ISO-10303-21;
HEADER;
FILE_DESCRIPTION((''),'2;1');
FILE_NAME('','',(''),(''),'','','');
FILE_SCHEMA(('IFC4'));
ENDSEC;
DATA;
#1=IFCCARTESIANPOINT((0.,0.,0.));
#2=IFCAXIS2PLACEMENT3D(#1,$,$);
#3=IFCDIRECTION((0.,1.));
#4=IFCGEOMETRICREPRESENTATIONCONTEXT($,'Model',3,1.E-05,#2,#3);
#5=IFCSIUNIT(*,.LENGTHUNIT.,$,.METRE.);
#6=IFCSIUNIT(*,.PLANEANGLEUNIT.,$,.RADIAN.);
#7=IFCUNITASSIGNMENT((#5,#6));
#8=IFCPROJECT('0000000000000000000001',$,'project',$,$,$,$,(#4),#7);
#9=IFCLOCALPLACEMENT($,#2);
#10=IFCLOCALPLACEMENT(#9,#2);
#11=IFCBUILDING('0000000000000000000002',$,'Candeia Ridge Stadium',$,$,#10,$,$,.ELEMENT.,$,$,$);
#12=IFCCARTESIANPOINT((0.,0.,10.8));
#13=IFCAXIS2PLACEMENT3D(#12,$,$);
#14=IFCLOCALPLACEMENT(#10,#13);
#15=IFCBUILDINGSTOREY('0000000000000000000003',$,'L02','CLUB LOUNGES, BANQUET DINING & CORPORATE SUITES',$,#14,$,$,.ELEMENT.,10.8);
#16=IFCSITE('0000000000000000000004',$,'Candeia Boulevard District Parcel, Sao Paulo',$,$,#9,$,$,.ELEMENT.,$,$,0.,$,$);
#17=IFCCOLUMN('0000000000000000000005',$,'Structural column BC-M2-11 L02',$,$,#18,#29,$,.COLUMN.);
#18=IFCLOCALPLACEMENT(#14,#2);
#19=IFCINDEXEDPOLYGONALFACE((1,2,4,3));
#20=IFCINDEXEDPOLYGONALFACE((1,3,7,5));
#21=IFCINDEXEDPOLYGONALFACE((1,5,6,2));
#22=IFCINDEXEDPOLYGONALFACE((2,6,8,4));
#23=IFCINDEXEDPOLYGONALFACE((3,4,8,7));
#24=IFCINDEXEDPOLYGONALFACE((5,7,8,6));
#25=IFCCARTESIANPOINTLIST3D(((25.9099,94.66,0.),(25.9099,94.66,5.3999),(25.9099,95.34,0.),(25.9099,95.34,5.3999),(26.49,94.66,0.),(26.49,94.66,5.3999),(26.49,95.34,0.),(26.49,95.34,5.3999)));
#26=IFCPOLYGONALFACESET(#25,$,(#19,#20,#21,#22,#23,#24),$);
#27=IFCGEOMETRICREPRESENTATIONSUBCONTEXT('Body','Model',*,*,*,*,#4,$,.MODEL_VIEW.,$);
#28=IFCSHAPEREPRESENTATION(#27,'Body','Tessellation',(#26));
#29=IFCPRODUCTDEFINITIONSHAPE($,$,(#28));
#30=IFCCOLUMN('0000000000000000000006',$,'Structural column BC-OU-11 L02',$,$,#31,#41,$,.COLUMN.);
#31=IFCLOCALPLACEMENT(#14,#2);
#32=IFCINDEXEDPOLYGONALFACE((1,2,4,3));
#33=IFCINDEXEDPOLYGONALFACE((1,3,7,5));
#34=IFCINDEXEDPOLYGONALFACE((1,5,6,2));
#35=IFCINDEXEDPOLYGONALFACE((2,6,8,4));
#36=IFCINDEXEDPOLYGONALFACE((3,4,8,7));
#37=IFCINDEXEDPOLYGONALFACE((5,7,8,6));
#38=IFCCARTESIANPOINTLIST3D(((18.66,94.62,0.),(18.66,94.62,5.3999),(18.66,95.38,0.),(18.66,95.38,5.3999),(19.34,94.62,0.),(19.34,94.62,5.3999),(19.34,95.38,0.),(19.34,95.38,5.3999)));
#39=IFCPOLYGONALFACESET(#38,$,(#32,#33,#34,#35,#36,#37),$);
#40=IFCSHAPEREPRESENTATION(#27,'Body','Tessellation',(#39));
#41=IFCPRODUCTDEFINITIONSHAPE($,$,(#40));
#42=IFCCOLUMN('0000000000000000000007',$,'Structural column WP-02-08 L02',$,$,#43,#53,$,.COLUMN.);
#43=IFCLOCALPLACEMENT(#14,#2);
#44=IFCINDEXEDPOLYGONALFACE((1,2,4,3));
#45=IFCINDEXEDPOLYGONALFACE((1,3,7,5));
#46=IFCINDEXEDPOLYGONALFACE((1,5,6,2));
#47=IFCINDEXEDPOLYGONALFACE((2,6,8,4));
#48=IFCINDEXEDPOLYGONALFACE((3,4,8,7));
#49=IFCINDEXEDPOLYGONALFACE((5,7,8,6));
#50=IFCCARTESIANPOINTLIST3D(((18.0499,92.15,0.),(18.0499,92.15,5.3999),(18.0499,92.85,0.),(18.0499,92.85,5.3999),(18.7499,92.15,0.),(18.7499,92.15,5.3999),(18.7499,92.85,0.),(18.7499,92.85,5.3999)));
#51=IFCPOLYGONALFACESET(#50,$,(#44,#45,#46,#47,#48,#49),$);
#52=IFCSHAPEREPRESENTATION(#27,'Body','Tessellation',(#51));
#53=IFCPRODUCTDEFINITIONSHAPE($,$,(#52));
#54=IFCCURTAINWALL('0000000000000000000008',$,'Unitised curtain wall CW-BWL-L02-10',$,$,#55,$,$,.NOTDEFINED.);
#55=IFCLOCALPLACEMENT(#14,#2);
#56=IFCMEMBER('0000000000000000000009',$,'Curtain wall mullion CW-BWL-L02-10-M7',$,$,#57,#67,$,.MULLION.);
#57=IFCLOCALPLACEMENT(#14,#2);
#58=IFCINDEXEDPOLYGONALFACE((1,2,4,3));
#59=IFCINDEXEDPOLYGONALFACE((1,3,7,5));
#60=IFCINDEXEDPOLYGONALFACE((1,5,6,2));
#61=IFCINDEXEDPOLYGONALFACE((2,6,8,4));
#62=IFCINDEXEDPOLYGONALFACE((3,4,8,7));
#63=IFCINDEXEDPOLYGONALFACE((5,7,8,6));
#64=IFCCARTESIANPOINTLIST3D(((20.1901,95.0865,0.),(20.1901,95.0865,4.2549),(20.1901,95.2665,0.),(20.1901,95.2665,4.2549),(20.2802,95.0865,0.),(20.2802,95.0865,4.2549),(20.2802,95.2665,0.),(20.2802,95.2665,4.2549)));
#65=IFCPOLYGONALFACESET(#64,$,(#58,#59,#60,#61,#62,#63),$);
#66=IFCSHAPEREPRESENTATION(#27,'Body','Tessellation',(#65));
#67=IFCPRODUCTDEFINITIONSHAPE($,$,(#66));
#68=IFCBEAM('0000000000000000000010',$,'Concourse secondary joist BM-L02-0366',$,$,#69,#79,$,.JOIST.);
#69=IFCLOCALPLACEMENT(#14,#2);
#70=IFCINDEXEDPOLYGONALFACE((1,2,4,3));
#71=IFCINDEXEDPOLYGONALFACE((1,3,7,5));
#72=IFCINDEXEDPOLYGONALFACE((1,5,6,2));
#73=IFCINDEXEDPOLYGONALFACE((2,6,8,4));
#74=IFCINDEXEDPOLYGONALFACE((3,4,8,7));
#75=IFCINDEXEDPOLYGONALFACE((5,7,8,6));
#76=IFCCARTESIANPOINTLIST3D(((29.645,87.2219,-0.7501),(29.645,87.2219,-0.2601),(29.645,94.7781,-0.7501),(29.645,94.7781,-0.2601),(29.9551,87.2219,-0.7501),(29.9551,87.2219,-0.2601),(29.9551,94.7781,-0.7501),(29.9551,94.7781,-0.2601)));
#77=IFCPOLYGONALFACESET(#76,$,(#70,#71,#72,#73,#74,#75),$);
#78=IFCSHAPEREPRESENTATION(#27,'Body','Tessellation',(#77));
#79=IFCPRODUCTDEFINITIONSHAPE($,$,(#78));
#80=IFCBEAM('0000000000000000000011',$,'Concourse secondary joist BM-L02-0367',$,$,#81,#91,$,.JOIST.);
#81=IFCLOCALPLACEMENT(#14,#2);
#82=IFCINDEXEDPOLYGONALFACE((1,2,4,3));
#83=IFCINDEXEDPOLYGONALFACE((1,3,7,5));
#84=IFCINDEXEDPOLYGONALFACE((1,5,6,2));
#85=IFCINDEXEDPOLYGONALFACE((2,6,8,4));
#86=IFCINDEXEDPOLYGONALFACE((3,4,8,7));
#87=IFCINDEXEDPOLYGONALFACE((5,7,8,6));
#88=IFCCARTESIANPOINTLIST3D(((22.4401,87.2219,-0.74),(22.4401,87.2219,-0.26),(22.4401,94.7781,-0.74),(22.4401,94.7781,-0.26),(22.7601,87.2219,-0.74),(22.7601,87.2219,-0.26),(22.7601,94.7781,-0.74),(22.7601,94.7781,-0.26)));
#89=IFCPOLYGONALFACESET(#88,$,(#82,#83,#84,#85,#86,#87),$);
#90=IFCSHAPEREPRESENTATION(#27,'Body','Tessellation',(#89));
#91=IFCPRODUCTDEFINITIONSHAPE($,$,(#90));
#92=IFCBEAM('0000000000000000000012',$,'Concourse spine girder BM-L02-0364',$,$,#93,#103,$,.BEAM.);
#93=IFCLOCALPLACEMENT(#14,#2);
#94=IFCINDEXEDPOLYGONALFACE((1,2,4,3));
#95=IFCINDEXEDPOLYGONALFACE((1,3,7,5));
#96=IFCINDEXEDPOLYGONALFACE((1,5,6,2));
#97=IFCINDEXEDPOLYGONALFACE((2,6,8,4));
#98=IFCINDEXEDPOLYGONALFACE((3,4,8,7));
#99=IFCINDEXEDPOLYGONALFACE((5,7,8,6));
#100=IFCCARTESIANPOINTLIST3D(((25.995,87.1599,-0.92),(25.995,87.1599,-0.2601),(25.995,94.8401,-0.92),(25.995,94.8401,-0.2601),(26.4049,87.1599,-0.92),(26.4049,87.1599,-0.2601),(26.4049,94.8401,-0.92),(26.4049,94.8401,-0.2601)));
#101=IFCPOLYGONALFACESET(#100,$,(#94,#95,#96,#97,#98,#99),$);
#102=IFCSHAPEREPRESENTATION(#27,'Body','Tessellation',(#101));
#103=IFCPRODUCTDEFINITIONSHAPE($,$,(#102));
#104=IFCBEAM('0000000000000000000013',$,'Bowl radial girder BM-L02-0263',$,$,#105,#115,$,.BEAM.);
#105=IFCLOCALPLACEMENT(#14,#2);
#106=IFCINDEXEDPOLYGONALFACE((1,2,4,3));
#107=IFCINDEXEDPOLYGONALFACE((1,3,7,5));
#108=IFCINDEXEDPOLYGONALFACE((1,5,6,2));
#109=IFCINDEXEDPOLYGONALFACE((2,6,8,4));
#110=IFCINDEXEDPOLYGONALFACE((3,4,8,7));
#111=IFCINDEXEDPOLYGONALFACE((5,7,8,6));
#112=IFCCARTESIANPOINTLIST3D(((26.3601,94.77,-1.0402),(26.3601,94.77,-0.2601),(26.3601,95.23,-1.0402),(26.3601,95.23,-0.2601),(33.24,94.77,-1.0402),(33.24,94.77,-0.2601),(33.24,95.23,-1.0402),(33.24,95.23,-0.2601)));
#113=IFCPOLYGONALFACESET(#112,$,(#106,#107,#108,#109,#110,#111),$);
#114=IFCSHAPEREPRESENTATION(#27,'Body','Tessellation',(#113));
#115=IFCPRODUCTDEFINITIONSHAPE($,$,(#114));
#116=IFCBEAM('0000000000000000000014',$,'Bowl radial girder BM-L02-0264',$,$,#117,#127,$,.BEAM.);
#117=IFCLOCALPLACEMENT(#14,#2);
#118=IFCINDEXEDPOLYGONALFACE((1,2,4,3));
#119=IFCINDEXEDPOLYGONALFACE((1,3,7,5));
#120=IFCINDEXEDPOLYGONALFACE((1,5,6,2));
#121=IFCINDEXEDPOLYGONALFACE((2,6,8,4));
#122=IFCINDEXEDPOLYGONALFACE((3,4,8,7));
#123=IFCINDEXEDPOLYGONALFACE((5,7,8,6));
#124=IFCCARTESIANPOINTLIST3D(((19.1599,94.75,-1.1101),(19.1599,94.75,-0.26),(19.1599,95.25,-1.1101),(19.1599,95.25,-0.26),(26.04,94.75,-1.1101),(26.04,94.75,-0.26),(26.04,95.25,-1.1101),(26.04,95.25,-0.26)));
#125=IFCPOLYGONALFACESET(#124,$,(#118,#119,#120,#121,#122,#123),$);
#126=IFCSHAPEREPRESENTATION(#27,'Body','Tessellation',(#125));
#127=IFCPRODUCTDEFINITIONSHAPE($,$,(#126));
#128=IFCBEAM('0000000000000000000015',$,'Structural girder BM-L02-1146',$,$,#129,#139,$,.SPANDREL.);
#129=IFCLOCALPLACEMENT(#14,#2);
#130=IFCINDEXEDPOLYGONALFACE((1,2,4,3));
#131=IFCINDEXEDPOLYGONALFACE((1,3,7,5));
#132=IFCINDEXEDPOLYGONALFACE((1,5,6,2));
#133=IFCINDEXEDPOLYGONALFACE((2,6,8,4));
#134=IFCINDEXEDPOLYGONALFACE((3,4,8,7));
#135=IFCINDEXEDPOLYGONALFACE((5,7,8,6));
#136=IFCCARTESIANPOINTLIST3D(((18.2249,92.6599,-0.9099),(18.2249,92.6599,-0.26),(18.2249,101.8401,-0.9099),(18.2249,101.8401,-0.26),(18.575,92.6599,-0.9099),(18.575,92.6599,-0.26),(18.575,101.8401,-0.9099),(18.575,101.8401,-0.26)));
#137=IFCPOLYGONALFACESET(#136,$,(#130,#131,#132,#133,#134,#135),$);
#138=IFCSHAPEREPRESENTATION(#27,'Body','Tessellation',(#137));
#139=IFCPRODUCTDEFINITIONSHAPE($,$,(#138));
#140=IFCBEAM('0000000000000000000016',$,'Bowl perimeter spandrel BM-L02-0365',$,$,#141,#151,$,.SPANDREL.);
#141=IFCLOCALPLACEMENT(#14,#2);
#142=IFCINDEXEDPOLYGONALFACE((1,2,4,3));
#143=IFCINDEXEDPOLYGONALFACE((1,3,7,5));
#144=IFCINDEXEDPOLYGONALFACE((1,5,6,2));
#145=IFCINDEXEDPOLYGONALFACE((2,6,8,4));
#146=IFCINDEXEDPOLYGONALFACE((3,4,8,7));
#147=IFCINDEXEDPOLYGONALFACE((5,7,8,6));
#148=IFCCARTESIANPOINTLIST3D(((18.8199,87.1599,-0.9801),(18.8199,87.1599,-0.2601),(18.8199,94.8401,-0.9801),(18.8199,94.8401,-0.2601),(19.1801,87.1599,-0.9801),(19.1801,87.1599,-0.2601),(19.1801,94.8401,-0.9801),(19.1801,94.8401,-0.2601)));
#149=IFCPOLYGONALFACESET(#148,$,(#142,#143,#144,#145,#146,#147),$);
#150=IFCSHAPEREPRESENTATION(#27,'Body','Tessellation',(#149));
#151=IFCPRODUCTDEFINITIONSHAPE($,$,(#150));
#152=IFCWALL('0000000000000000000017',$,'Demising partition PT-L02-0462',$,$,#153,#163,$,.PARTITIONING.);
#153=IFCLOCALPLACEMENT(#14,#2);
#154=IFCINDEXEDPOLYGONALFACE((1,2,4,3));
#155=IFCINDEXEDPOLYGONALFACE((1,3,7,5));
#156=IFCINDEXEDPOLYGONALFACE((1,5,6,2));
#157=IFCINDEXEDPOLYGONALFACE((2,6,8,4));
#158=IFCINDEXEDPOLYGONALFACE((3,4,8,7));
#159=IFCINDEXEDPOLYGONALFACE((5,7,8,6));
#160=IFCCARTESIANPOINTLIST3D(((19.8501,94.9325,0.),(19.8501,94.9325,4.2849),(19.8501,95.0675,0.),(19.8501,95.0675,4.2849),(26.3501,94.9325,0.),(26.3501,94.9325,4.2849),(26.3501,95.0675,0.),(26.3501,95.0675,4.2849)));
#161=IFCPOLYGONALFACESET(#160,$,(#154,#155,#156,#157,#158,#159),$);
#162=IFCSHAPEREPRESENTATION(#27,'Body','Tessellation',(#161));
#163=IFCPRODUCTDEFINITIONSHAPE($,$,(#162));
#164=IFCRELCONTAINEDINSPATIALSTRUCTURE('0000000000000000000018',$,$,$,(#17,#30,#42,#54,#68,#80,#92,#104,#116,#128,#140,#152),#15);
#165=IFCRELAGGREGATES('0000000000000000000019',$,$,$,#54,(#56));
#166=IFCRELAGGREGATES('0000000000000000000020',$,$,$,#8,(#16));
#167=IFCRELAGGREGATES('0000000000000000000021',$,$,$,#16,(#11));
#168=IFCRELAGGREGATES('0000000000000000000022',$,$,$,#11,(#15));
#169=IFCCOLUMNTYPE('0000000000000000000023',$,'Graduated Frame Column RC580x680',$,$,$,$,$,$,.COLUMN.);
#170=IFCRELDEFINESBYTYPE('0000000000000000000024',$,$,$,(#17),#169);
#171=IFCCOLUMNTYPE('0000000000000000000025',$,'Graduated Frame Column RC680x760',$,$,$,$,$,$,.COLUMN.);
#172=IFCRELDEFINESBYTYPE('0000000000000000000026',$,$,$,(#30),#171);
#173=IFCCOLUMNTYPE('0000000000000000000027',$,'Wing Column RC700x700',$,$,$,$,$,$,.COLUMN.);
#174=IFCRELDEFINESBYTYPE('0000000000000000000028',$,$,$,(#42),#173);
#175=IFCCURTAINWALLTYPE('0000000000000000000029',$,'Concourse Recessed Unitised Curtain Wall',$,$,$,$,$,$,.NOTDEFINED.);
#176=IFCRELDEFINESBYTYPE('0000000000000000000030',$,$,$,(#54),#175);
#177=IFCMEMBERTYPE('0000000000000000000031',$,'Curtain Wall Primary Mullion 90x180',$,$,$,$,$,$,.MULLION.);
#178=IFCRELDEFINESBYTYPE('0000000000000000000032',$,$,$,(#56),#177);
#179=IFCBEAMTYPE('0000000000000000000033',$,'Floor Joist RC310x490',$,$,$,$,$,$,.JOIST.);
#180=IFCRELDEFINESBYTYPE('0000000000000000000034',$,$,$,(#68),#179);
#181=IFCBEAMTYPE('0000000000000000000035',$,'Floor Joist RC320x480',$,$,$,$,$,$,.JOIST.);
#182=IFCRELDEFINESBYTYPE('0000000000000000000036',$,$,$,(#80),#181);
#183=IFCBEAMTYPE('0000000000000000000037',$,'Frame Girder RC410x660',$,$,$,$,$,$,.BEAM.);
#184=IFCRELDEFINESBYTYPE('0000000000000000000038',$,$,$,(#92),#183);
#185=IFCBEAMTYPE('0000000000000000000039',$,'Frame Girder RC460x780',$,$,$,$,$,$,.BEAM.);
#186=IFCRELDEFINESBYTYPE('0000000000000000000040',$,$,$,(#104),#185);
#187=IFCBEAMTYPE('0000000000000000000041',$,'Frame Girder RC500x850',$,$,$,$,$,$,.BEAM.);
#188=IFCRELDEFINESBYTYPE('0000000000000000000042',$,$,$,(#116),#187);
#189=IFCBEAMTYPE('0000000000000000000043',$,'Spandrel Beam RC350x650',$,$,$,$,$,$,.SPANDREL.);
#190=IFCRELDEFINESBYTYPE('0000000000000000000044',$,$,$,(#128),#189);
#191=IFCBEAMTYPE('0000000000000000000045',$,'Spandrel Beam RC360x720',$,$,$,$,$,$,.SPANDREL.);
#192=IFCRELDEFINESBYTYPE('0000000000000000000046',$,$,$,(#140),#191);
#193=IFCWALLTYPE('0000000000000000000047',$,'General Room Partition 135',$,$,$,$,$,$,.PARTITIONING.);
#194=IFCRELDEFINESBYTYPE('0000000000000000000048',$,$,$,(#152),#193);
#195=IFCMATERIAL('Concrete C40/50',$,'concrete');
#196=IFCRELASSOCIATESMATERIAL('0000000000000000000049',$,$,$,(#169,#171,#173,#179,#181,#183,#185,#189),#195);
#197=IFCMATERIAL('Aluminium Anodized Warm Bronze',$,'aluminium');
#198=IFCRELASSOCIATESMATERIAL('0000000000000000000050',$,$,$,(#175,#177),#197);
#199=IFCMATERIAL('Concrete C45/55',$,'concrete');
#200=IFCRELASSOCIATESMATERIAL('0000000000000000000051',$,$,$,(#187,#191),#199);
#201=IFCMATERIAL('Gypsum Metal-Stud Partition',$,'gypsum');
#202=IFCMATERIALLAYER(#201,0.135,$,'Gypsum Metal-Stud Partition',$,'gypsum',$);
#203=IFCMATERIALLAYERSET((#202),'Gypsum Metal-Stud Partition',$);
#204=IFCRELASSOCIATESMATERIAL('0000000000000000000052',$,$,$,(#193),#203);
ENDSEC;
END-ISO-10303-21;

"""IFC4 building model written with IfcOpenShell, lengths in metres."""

from ifc_helpers import new_model, si_unit, direction, frame, frame_2d, origin, origin_2d, place, context, subcontext, project, spatial, rectangle, extrude, material, layer, layer_set, material_profile, profile_set, type_object, element, aggregate, save


model = new_model("IFC4")

# Units and contexts
model_context = context("Model", 3, precision=1e-05, world=origin(), true_north=direction((0.0, 1.0)))
body_context = subcontext(model_context, "Body", "Model", "MODEL_VIEW")
ifc_project = project(units=[si_unit("LENGTHUNIT", "METRE"), si_unit("PLANEANGLEUNIT", "RADIAN")], contexts=[model_context])

# Site, building, storey
site_placement = place(None, origin())
site = spatial("IfcSite", under=ifc_project, at=site_placement, Name="Candeia Boulevard District Parcel, Sao Paulo", CompositionType="ELEMENT", RefElevation=0.0)
building_placement = place(site_placement, origin())
building = spatial("IfcBuilding", under=site, at=building_placement, Name="Candeia Ridge Stadium", CompositionType="ELEMENT")
storey_placement = place(building_placement, frame((0.0, 0.0, 10.8)))
storey = spatial("IfcBuildingStorey", under=building, at=storey_placement, Name="L02", Description="CLUB LOUNGES, BANQUET DINING & CORPORATE SUITES", CompositionType="ELEMENT", Elevation=10.8)

# Columns
ifc_material_1 = material(Name="Concrete C40/50", Category="concrete")
ifc_material_profile_1 = material_profile(ifc_material_1, rectangle(XDim=0.5801, YDim=0.6799, at=origin_2d()), Name="RC580x680", Category="concrete")
ifc_profile_set_1 = profile_set([ifc_material_profile_1], Name="Concrete C40/50")
column_type_1 = type_object("IfcColumnType", Name="Graduated Frame Column RC580x680", PredefinedType="COLUMN", material=ifc_profile_set_1)
column_1_placement = place(storey_placement, frame((26.2, 95.0, 0.0), z_axis=(0.0, 0.0, 1.0), x_axis=(1.0, 0.0, 0.0)))
element("IfcColumn", 1, at=column_1_placement, inside=storey, type_object=column_type_1, Name="Structural column BC-M2-11 L02", PredefinedType="COLUMN", context=body_context, shape_type="SweptSolid", body=[
    extrude(rectangle(XDim=0.5801, YDim=0.6799, at=origin_2d()), origin(), (0.0, 0.0, 1.0), 5.3999),
])
ifc_material_profile_2 = material_profile(ifc_material_1, rectangle(XDim=0.6799, YDim=0.76, at=origin_2d()), Name="RC680x760", Category="concrete")
ifc_profile_set_2 = profile_set([ifc_material_profile_2], Name="Concrete C40/50")
column_type_2 = type_object("IfcColumnType", Name="Graduated Frame Column RC680x760", PredefinedType="COLUMN", material=ifc_profile_set_2)
column_2_placement = place(storey_placement, frame((19.0, 95.0, 0.0), z_axis=(0.0, 0.0, 1.0), x_axis=(1.0, 0.0, 0.0)))
element("IfcColumn", 2, at=column_2_placement, inside=storey, type_object=column_type_2, Name="Structural column BC-OU-11 L02", PredefinedType="COLUMN", context=body_context, shape_type="SweptSolid", body=[
    extrude(rectangle(XDim=0.6799, YDim=0.76, at=origin_2d()), origin(), (0.0, 0.0, 1.0), 5.3999),
])
ifc_material_profile_3 = material_profile(ifc_material_1, rectangle(XDim=0.7, YDim=0.7, at=origin_2d()), Name="RC700x700", Category="concrete")
ifc_profile_set_3 = profile_set([ifc_material_profile_3], Name="Concrete C40/50")
column_type_3 = type_object("IfcColumnType", Name="Wing Column RC700x700", PredefinedType="COLUMN", material=ifc_profile_set_3)
column_3_placement = place(storey_placement, frame((18.3999, 92.5, 0.0), z_axis=(0.0, 0.0, 1.0), x_axis=(1.0, 0.0, 0.0)))
element("IfcColumn", 3, at=column_3_placement, inside=storey, type_object=column_type_3, Name="Structural column WP-02-08 L02", PredefinedType="COLUMN", context=body_context, shape_type="SweptSolid", body=[
    extrude(rectangle(XDim=0.7, YDim=0.7, at=origin_2d()), origin(), (0.0, 0.0, 1.0), 5.3999),
])

# Curtain wall, member
ifc_material_2 = material(Name="Aluminium Anodized Warm Bronze", Category="aluminium")
curtain_wall_type = type_object("IfcCurtainWallType", Name="Concourse Recessed Unitised Curtain Wall", PredefinedType="NOTDEFINED", material=ifc_material_2)
curtain_wall_placement = place(storey_placement, origin())
curtain_wall = element("IfcCurtainWall", 4, at=curtain_wall_placement, inside=storey, type_object=curtain_wall_type, Name="Unitised curtain wall CW-BWL-L02-10", PredefinedType="NOTDEFINED")
ifc_material_profile_4 = material_profile(ifc_material_2, rectangle(XDim=0.0901, YDim=0.1799, at=origin_2d()), Name="CWM-90x180", Category="aluminium")
ifc_profile_set_4 = profile_set([ifc_material_profile_4], Name="Aluminium Anodized Warm Bronze")
member_type = type_object("IfcMemberType", Name="Curtain Wall Primary Mullion 90x180", PredefinedType="MULLION", material=ifc_profile_set_4)
member_placement = place(storey_placement, frame((20.2351, 95.1765, 0.0), z_axis=(0.0, 0.0, 1.0), x_axis=(1.0, 0.0, 0.0)))
member = element("IfcMember", 5, at=member_placement, type_object=member_type, Name="Curtain wall mullion CW-BWL-L02-10-M7", PredefinedType="MULLION", context=body_context, shape_type="SweptSolid", body=[
    extrude(rectangle(XDim=0.0901, YDim=0.1799, at=origin_2d()), origin(), (0.0, 0.0, 1.0), 4.2549),
])
aggregate(curtain_wall, [member])

# Beams
ifc_material_profile_5 = material_profile(ifc_material_1, rectangle(XDim=0.3101, YDim=0.49, at=origin_2d()), Name="RC310x490", Category="concrete")
ifc_profile_set_5 = profile_set([ifc_material_profile_5], Name="Concrete C40/50")
beam_type_1 = type_object("IfcBeamType", Name="Floor Joist RC310x490", PredefinedType="JOIST", material=ifc_profile_set_5)
beam_1_placement = place(storey_placement, frame((29.8, 94.7781, -0.5051), z_axis=(0.0, -1.0, 0.0), x_axis=(1.0, 0.0, 0.0)))
element("IfcBeam", 6, at=beam_1_placement, inside=storey, type_object=beam_type_1, Name="Concourse secondary joist BM-L02-0366", PredefinedType="JOIST", context=body_context, shape_type="SweptSolid", body=[
    extrude(rectangle(XDim=0.3101, YDim=0.49, at=origin_2d()), origin(), (0.0, 0.0, 1.0), 7.5562),
])
ifc_material_profile_6 = material_profile(ifc_material_1, rectangle(XDim=0.3201, YDim=0.48, at=origin_2d()), Name="RC320x480", Category="concrete")
ifc_profile_set_6 = profile_set([ifc_material_profile_6], Name="Concrete C40/50")
beam_type_2 = type_object("IfcBeamType", Name="Floor Joist RC320x480", PredefinedType="JOIST", material=ifc_profile_set_6)
beam_2_placement = place(storey_placement, frame((22.6001, 94.7781, -0.5), z_axis=(0.0, -1.0, 0.0), x_axis=(1.0, 0.0, 0.0)))
element("IfcBeam", 7, at=beam_2_placement, inside=storey, type_object=beam_type_2, Name="Concourse secondary joist BM-L02-0367", PredefinedType="JOIST", context=body_context, shape_type="SweptSolid", body=[
    extrude(rectangle(XDim=0.3201, YDim=0.48, at=origin_2d()), origin(), (0.0, 0.0, 1.0), 7.5562),
])
ifc_material_profile_7 = material_profile(ifc_material_1, rectangle(XDim=0.4099, YDim=0.6599, at=origin_2d()), Name="RC410x660", Category="concrete")
ifc_profile_set_7 = profile_set([ifc_material_profile_7], Name="Concrete C40/50")
beam_type_3 = type_object("IfcBeamType", Name="Frame Girder RC410x660", PredefinedType="BEAM", material=ifc_profile_set_7)
beam_3_placement = place(storey_placement, frame((26.2, 94.8401, -0.5901), z_axis=(0.0, -1.0, 0.0), x_axis=(1.0, 0.0, 0.0)))
element("IfcBeam", 8, at=beam_3_placement, inside=storey, type_object=beam_type_3, Name="Concourse spine girder BM-L02-0364", PredefinedType="BEAM", context=body_context, shape_type="SweptSolid", body=[
    extrude(rectangle(XDim=0.4099, YDim=0.6599, at=origin_2d()), origin(), (0.0, 0.0, 1.0), 7.6802),
])
ifc_material_profile_8 = material_profile(ifc_material_1, rectangle(XDim=0.46, YDim=0.78, at=origin_2d()), Name="RC460x780", Category="concrete")
ifc_profile_set_8 = profile_set([ifc_material_profile_8], Name="Concrete C40/50")
beam_type_4 = type_object("IfcBeamType", Name="Frame Girder RC460x780", PredefinedType="BEAM", material=ifc_profile_set_8)
beam_4_placement = place(storey_placement, frame((33.24, 95.0, -0.6501), z_axis=(-1.0, 0.0, 0.0), x_axis=(0.0, -1.0, 0.0)))
element("IfcBeam", 9, at=beam_4_placement, inside=storey, type_object=beam_type_4, Name="Bowl radial girder BM-L02-0263", PredefinedType="BEAM", context=body_context, shape_type="SweptSolid", body=[
    extrude(rectangle(XDim=0.46, YDim=0.78, at=origin_2d()), origin(), (0.0, 0.0, 1.0), 6.8799),
])
ifc_material_3 = material(Name="Concrete C45/55", Category="concrete")
ifc_material_profile_9 = material_profile(ifc_material_3, rectangle(XDim=0.5, YDim=0.8501, at=origin_2d()), Name="RC500x850", Category="concrete")
ifc_profile_set_9 = profile_set([ifc_material_profile_9], Name="Concrete C45/55")
beam_type_5 = type_object("IfcBeamType", Name="Frame Girder RC500x850", PredefinedType="BEAM", material=ifc_profile_set_9)
beam_5_placement = place(storey_placement, frame((26.04, 95.0, -0.6851), z_axis=(-1.0, 0.0, 0.0), x_axis=(0.0, -1.0, 0.0)))
element("IfcBeam", 10, at=beam_5_placement, inside=storey, type_object=beam_type_5, Name="Bowl radial girder BM-L02-0264", PredefinedType="BEAM", context=body_context, shape_type="SweptSolid", body=[
    extrude(rectangle(XDim=0.5, YDim=0.8501, at=origin_2d()), origin(), (0.0, 0.0, 1.0), 6.8801),
])
ifc_material_profile_10 = material_profile(ifc_material_1, rectangle(XDim=0.3501, YDim=0.6499, at=origin_2d()), Name="RC350x650", Category="concrete")
ifc_profile_set_10 = profile_set([ifc_material_profile_10], Name="Concrete C40/50")
beam_type_6 = type_object("IfcBeamType", Name="Spandrel Beam RC350x650", PredefinedType="SPANDREL", material=ifc_profile_set_10)
beam_6_placement = place(storey_placement, frame((18.3999, 92.6599, -0.585), z_axis=(0.0, 1.0, 0.0), x_axis=(-1.0, 0.0, 0.0)))
element("IfcBeam", 11, at=beam_6_placement, inside=storey, type_object=beam_type_6, Name="Structural girder BM-L02-1146", PredefinedType="SPANDREL", context=body_context, shape_type="SweptSolid", body=[
    extrude(rectangle(XDim=0.3501, YDim=0.6499, at=origin_2d()), origin(), (0.0, 0.0, 1.0), 9.1802),
])
ifc_material_profile_11 = material_profile(ifc_material_3, rectangle(XDim=0.3601, YDim=0.72, at=origin_2d()), Name="RC360x720", Category="concrete")
ifc_profile_set_11 = profile_set([ifc_material_profile_11], Name="Concrete C45/55")
beam_type_7 = type_object("IfcBeamType", Name="Spandrel Beam RC360x720", PredefinedType="SPANDREL", material=ifc_profile_set_11)
beam_7_placement = place(storey_placement, frame((19.0, 94.8401, -0.6201), z_axis=(0.0, -1.0, 0.0), x_axis=(1.0, 0.0, 0.0)))
element("IfcBeam", 12, at=beam_7_placement, inside=storey, type_object=beam_type_7, Name="Bowl perimeter spandrel BM-L02-0365", PredefinedType="SPANDREL", context=body_context, shape_type="SweptSolid", body=[
    extrude(rectangle(XDim=0.3601, YDim=0.72, at=origin_2d()), origin(), (0.0, 0.0, 1.0), 7.6802),
])

# Wall
ifc_material_4 = material(Name="Gypsum Metal-Stud Partition", Category="gypsum")
ifc_layer_1 = layer(ifc_material_4, 0.135, Name="Gypsum Metal-Stud Partition", Category="gypsum")
ifc_layer_set_1 = layer_set([ifc_layer_1], Name="Gypsum Metal-Stud Partition")
wall_type = type_object("IfcWallType", Name="General Room Partition 135", PredefinedType="PARTITIONING", material=ifc_layer_set_1)
wall_placement = place(storey_placement, frame((26.3501, 95.0, 0.0), z_axis=(0.0, 0.0, 1.0), x_axis=(-1.0, 0.0, 0.0)))
element("IfcWall", 13, at=wall_placement, inside=storey, type_object=wall_type, Name="Demising partition PT-L02-0462", PredefinedType="PARTITIONING", context=body_context, shape_type="SweptSolid", body=[
    extrude(rectangle(XDim=6.5, YDim=0.135, at=frame_2d((3.25, 0.0))), origin(), (0.0, 0.0, 1.0), 4.2849),
])

save(model, "model.ifc")
